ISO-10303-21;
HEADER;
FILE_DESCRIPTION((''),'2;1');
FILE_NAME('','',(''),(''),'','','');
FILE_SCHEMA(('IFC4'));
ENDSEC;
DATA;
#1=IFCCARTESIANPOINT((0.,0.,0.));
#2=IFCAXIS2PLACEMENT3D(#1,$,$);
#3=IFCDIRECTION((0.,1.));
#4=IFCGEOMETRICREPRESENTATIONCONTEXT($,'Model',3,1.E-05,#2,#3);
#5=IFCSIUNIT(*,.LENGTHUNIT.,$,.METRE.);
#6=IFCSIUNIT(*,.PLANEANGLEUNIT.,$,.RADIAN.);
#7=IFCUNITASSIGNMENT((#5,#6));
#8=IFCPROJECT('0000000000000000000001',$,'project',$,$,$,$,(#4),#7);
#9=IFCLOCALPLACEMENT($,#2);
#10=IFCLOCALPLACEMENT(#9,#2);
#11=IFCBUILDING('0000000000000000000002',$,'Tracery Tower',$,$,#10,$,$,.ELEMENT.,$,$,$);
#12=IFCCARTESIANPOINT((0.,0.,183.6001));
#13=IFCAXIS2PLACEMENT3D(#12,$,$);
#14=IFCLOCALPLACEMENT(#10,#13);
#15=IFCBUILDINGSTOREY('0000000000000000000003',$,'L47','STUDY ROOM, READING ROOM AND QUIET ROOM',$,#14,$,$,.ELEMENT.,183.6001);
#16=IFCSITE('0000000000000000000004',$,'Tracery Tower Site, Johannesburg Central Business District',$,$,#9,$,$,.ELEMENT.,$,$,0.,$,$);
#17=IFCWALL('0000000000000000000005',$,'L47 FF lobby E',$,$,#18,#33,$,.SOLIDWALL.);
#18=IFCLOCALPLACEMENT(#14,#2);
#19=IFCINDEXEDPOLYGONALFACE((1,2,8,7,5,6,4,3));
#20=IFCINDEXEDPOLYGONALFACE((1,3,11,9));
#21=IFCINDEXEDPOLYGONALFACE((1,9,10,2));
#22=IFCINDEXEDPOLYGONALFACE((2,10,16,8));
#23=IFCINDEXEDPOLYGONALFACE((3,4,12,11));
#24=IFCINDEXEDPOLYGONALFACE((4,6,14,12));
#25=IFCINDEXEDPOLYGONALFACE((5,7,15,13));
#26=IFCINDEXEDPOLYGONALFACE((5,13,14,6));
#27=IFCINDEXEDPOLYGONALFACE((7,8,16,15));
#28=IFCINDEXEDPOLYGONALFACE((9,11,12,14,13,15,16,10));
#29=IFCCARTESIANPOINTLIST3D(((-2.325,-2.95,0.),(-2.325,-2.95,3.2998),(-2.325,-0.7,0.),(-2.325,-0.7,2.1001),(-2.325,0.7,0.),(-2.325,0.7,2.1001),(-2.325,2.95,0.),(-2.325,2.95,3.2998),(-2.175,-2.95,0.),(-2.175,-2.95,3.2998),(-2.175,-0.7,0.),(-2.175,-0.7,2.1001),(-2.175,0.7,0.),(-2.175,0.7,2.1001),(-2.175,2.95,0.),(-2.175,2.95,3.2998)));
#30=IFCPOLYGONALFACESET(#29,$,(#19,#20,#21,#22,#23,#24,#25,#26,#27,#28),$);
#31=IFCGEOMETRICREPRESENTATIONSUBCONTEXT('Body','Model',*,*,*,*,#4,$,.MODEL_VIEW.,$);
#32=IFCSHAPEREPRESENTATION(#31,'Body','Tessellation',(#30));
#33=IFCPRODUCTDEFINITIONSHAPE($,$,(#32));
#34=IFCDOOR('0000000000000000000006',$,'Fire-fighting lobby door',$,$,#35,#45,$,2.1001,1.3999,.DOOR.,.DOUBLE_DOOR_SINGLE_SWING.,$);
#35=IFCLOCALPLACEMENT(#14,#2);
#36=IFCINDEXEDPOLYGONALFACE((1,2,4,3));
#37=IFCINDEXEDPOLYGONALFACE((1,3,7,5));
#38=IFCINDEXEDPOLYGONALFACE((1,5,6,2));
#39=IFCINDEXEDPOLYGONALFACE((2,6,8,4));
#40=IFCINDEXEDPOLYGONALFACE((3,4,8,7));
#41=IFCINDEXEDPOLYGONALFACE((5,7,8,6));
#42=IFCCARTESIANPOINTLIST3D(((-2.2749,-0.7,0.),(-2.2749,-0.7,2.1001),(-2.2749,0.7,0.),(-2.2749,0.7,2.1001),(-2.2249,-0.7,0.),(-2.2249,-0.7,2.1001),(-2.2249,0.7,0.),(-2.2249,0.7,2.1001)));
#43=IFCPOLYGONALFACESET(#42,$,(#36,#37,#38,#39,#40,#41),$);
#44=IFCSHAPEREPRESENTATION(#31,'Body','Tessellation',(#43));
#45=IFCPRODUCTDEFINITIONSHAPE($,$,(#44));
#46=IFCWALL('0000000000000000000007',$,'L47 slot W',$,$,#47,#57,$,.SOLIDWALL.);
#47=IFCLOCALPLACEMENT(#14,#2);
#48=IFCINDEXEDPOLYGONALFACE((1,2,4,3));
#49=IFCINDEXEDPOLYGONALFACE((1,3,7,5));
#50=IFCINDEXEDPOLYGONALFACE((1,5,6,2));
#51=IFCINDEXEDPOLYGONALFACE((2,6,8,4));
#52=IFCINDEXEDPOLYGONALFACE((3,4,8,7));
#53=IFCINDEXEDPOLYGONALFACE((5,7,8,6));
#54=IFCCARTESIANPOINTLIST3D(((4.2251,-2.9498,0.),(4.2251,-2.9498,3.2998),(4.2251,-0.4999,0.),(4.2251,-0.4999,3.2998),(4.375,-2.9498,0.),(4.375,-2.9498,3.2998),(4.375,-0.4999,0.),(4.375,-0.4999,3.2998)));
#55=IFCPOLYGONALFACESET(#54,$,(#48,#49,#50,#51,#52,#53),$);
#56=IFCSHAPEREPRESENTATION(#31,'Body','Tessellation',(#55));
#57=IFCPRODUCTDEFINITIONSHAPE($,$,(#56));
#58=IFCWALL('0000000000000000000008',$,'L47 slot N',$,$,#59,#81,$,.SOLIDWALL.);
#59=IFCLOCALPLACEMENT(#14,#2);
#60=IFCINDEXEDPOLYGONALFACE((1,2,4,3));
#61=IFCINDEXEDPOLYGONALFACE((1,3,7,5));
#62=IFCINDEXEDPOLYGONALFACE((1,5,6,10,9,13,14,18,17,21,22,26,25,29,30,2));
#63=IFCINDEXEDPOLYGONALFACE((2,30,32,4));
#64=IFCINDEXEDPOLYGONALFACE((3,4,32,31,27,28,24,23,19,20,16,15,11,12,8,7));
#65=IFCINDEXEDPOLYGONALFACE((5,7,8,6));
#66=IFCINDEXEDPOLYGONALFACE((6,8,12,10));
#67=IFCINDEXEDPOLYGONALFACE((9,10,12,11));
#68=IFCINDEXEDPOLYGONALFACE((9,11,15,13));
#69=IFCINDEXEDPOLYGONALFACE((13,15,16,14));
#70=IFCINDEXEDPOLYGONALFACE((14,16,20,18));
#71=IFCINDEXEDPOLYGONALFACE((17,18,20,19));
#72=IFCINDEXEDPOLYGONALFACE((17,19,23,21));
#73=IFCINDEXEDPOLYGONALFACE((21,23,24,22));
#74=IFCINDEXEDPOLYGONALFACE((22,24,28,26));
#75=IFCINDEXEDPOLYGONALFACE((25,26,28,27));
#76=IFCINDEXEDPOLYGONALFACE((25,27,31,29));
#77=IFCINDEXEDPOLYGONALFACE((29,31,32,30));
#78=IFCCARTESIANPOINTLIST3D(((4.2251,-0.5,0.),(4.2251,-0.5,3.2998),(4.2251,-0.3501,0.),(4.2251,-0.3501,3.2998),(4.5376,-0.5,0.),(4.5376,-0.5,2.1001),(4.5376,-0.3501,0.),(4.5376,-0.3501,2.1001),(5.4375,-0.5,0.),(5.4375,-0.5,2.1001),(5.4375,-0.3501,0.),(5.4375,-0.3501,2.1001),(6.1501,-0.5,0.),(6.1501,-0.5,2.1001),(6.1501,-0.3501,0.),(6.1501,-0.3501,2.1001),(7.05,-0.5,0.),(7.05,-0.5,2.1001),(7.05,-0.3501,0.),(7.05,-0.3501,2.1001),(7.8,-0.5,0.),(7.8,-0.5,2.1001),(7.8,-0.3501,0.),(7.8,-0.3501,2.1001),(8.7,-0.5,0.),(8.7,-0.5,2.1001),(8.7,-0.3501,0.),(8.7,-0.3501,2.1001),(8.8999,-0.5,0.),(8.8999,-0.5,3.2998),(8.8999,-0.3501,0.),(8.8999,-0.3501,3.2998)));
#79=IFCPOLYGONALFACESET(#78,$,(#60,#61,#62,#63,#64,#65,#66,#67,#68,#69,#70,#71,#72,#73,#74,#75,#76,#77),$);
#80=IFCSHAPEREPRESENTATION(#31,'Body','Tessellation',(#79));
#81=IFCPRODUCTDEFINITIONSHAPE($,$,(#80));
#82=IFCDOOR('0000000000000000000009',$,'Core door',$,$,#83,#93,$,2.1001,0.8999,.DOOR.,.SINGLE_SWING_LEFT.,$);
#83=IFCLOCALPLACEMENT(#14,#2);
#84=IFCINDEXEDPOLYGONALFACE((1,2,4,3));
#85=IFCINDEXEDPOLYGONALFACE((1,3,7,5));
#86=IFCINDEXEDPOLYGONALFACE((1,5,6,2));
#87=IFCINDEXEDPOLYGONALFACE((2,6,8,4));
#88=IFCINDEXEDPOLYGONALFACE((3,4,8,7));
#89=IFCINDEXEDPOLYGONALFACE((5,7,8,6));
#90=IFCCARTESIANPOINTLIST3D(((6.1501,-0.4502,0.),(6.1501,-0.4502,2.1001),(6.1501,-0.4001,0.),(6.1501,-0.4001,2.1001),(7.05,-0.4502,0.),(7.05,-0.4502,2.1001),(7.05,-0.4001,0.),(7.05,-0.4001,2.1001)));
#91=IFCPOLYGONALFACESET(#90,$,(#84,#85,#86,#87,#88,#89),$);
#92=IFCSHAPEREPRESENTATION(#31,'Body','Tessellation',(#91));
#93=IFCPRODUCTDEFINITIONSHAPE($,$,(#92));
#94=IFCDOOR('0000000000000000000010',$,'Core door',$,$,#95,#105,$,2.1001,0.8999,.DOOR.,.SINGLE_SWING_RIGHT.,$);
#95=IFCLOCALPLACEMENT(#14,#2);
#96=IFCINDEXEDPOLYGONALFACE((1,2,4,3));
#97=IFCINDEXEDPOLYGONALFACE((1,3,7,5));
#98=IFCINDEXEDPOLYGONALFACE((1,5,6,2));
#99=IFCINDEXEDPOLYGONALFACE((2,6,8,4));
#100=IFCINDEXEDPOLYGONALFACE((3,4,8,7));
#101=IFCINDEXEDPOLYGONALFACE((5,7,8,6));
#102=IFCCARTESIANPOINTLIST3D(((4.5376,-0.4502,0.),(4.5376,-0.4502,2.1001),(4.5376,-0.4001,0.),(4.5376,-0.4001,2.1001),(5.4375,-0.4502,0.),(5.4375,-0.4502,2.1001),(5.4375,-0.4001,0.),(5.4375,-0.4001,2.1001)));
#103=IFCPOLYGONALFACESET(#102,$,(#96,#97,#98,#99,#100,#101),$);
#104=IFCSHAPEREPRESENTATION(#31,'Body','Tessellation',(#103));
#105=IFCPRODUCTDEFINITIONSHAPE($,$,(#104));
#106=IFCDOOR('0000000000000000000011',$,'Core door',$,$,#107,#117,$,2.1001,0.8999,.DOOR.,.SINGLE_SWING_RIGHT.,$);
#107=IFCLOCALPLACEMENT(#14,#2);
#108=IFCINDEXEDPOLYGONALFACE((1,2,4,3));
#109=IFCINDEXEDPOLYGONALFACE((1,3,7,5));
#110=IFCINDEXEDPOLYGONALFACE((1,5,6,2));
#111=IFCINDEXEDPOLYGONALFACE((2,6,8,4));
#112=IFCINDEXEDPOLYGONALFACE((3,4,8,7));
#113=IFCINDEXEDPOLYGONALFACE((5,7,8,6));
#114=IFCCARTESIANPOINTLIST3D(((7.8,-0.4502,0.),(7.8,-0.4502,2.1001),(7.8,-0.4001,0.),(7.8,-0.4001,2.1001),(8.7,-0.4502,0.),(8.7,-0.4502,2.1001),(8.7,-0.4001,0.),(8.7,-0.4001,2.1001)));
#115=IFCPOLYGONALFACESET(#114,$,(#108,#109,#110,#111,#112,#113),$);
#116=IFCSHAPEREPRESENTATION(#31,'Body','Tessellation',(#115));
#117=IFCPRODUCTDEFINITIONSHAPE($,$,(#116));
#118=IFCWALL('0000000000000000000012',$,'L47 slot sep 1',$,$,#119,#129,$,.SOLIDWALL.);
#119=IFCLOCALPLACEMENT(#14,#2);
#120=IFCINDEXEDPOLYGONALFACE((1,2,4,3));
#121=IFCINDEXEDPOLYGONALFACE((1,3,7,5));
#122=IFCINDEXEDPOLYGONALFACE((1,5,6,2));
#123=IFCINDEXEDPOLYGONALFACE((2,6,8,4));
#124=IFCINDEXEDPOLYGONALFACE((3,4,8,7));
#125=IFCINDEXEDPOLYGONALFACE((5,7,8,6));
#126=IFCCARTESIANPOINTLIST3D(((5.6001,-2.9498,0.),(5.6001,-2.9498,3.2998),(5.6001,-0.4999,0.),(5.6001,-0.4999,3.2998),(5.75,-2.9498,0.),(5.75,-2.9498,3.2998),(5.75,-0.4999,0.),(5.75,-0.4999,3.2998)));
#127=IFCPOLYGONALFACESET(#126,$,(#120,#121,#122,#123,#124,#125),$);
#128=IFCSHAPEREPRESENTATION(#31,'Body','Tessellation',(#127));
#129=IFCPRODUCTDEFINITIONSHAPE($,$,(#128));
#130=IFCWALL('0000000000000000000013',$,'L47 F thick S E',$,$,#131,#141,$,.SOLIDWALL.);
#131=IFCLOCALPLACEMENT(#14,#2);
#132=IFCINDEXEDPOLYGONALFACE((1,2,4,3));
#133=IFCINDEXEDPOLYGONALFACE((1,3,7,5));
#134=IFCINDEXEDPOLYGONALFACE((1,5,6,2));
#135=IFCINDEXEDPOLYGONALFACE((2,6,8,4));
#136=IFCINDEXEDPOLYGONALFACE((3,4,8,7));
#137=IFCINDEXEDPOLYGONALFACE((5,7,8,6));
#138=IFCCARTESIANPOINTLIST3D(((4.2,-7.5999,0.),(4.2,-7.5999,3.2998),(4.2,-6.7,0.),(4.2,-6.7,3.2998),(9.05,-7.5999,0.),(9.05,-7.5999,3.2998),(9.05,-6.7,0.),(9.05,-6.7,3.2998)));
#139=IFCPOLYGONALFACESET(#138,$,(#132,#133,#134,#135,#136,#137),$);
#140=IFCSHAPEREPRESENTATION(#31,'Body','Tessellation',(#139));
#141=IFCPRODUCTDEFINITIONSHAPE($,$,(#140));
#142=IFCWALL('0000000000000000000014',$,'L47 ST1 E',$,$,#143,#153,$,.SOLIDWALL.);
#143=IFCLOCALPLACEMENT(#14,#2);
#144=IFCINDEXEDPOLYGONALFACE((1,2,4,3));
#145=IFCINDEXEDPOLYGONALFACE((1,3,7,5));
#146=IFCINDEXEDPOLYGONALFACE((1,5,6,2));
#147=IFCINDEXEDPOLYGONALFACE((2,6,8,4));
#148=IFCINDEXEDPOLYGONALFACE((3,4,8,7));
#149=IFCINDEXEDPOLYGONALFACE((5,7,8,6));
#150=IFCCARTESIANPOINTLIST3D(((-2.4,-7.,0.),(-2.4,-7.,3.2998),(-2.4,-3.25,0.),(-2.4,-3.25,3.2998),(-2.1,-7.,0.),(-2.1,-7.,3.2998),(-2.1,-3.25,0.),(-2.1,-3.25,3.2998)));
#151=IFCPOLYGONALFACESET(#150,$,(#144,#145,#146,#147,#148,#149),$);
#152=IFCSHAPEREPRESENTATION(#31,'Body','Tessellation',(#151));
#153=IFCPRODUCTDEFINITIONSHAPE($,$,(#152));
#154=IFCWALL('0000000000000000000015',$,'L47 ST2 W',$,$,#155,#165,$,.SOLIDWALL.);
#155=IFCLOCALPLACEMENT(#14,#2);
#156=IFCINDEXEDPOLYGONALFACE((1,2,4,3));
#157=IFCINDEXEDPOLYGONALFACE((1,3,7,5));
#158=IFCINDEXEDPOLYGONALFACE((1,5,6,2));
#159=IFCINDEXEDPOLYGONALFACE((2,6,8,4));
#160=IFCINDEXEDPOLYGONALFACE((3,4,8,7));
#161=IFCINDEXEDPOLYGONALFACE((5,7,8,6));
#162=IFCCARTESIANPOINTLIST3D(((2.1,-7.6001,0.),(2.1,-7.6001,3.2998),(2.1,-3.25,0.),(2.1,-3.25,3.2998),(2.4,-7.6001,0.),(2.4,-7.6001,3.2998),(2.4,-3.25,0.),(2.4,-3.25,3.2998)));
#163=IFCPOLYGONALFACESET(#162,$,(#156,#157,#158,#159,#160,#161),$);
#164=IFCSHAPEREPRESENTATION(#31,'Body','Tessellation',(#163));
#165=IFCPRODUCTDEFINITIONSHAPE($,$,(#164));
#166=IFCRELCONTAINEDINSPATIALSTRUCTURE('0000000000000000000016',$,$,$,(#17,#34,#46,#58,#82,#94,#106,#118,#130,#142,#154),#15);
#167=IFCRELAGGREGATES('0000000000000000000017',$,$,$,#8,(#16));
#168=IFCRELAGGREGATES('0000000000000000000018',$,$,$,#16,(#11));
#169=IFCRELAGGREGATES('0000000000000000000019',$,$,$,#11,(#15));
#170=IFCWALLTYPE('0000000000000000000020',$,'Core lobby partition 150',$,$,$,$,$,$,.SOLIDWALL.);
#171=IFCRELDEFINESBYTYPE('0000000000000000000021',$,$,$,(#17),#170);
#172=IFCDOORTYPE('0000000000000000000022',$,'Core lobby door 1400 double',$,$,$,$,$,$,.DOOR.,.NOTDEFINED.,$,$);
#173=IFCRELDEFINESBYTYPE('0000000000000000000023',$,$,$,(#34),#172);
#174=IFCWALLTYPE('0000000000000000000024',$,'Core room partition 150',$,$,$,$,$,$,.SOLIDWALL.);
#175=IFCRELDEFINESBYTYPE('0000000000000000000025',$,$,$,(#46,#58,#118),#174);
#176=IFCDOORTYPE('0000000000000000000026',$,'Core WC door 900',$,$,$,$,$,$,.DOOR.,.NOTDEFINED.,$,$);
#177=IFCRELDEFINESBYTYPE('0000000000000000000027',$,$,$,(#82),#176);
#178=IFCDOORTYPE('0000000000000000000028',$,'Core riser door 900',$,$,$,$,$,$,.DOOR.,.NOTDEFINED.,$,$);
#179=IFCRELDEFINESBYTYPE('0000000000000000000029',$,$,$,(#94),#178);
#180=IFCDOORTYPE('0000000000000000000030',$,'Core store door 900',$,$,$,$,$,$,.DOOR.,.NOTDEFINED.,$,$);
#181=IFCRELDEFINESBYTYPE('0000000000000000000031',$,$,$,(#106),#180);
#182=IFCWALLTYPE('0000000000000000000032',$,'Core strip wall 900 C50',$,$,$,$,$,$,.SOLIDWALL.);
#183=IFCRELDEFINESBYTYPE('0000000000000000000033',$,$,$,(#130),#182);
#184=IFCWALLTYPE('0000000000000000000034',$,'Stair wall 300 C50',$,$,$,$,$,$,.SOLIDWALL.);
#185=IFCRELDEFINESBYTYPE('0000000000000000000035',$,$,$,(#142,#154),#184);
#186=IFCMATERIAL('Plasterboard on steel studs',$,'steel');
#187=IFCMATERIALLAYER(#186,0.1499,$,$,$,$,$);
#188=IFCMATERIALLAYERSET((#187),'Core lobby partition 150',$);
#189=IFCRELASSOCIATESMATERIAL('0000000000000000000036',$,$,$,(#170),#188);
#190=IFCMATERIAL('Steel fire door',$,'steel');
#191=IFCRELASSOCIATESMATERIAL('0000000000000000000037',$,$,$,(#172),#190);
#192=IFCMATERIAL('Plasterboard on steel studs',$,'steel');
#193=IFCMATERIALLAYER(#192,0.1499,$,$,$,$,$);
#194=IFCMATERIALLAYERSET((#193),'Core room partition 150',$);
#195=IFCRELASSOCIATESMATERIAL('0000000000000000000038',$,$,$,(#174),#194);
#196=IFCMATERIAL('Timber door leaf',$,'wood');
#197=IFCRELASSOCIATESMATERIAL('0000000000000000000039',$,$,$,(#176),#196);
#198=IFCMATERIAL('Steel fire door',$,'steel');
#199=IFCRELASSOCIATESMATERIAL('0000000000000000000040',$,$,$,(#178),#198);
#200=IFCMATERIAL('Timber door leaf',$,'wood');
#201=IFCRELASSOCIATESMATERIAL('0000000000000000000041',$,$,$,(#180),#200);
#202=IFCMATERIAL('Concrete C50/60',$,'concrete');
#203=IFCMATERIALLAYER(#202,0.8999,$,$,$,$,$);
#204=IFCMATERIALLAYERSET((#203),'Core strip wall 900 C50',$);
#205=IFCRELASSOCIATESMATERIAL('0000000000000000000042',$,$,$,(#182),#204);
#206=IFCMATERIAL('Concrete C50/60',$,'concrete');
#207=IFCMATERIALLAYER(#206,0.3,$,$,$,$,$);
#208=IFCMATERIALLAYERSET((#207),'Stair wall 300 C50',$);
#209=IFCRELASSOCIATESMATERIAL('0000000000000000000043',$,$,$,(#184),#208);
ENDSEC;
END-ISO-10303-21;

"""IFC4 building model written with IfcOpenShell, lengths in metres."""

from ifc_helpers import new_model, si_unit, direction, frame, frame_2d, origin, place, context, subcontext, project, spatial, rectangle, extrude, material, layer, layer_set, type_object, element, fill, save


model = new_model("IFC4")

# Units and contexts
model_context = context("Model", 3, precision=1e-05, world=origin(), true_north=direction((0.0, 1.0)))
body_context = subcontext(model_context, "Body", "Model", "MODEL_VIEW")
ifc_project = project(units=[si_unit("LENGTHUNIT", "METRE"), si_unit("PLANEANGLEUNIT", "RADIAN")], contexts=[model_context])

# Site, building, storey
site_placement = place(None, origin())
site = spatial("IfcSite", under=ifc_project, at=site_placement, Name="Tracery Tower Site, Johannesburg Central Business District", CompositionType="ELEMENT", RefElevation=0.0)
building_placement = place(site_placement, origin())
building = spatial("IfcBuilding", under=site, at=building_placement, Name="Tracery Tower", CompositionType="ELEMENT")
storey_placement = place(building_placement, frame((0.0, 0.0, 183.6001)))
storey = spatial("IfcBuildingStorey", under=building, at=storey_placement, Name="L47", Description="STUDY ROOM, READING ROOM AND QUIET ROOM", CompositionType="ELEMENT", Elevation=183.6001)

# Wall, opening, door
ifc_material_1 = material(Name="Plasterboard on steel studs", Category="steel")
ifc_layer_1 = layer(ifc_material_1, 0.1499)
ifc_layer_set_1 = layer_set([ifc_layer_1], Name="Core lobby partition 150")
wall_type_1 = type_object("IfcWallType", Name="Core lobby partition 150", PredefinedType="SOLIDWALL", material=ifc_layer_set_1)
wall_1_placement = place(storey_placement, frame((-2.25, -2.95, 0.0), z_axis=(0.0, 0.0, 1.0), x_axis=(0.0, 1.0, 0.0)))
wall_1 = element("IfcWall", 1, at=wall_1_placement, inside=storey, type_object=wall_type_1, Name="L47 FF lobby E", PredefinedType="SOLIDWALL", context=body_context, shape_type="SweptSolid", body=[
    extrude(rectangle(XDim=5.8999, YDim=0.1499, at=frame_2d((2.95, 0.0))), origin(), (0.0, 0.0, 1.0), 3.2998),
])
opening_1_placement = place(wall_1_placement, frame((2.25, 0.0, 0.0)))
opening_1 = element("IfcOpeningElement", 2, at=opening_1_placement, cuts=wall_1, PredefinedType="OPENING", context=body_context, shape_type="SweptSolid", body=[
    extrude(rectangle(XDim=1.3999, YDim=2.1001, at=frame_2d((0.7, 1.05))), frame((0.0, 0.075, 0.0), z_axis=(0.0, -1.0, 0.0), x_axis=(1.0, 0.0, 0.0)), (0.0, 0.0, 1.0), 0.1499),
])
ifc_material_2 = material(Name="Steel fire door", Category="steel")
door_type_1 = type_object("IfcDoorType", Name="Core lobby door 1400 double", OperationType="NOTDEFINED", PredefinedType="DOOR", material=ifc_material_2)
door_1_placement = place(opening_1_placement, origin())
door_1 = element("IfcDoor", 3, at=door_1_placement, inside=storey, type_object=door_type_1, Name="Fire-fighting lobby door", OperationType="DOUBLE_DOOR_SINGLE_SWING", OverallHeight=2.1001, OverallWidth=1.3999, PredefinedType="DOOR", context=body_context, shape_type="SweptSolid", body=[
    extrude(rectangle(XDim=1.3999, YDim=2.1001, at=frame_2d((0.7, 1.05))), frame((0.0, 0.0249, 0.0), z_axis=(0.0, -1.0, 0.0), x_axis=(1.0, 0.0, 0.0)), (0.0, 0.0, 1.0), 0.05),
])
fill(opening_1, door_1)

# Wall
ifc_material_3 = material(Name="Plasterboard on steel studs", Category="steel")
ifc_layer_2 = layer(ifc_material_3, 0.1499)
ifc_layer_set_2 = layer_set([ifc_layer_2], Name="Core room partition 150")
wall_type_2 = type_object("IfcWallType", Name="Core room partition 150", PredefinedType="SOLIDWALL", material=ifc_layer_set_2)
wall_2_placement = place(storey_placement, frame((4.3, -2.95, 0.0), z_axis=(0.0, 0.0, 1.0), x_axis=(0.0, 1.0, 0.0)))
element("IfcWall", 4, at=wall_2_placement, inside=storey, type_object=wall_type_2, Name="L47 slot W", PredefinedType="SOLIDWALL", context=body_context, shape_type="SweptSolid", body=[
    extrude(rectangle(XDim=2.45, YDim=0.1499, at=frame_2d((1.2251, 0.0))), origin(), (0.0, 0.0, 1.0), 3.2998),
])

# Wall, openings, doors
wall_3_placement = place(storey_placement, frame((4.2251, -0.425, 0.0), z_axis=(0.0, 0.0, 1.0), x_axis=(1.0, 0.0, 0.0)))
wall_3 = element("IfcWall", 5, at=wall_3_placement, inside=storey, type_object=wall_type_2, Name="L47 slot N", PredefinedType="SOLIDWALL", context=body_context, shape_type="SweptSolid", body=[
    extrude(rectangle(XDim=4.6748, YDim=0.1499, at=frame_2d((2.3374, 0.0))), origin(), (0.0, 0.0, 1.0), 3.2998),
])
opening_2_placement = place(wall_3_placement, frame((0.3125, 0.0, 0.0)))
opening_2 = element("IfcOpeningElement", 6, at=opening_2_placement, cuts=wall_3, PredefinedType="OPENING", context=body_context, shape_type="SweptSolid", body=[
    extrude(rectangle(XDim=0.8999, YDim=2.1001, at=frame_2d((0.45, 1.05))), frame((0.0, 0.075, 0.0), z_axis=(0.0, -1.0, 0.0), x_axis=(1.0, 0.0, 0.0)), (0.0, 0.0, 1.0), 0.1499),
])
opening_3_placement = place(wall_3_placement, frame((1.925, 0.0, 0.0)))
opening_3 = element("IfcOpeningElement", 7, at=opening_3_placement, cuts=wall_3, PredefinedType="OPENING", context=body_context, shape_type="SweptSolid", body=[
    extrude(rectangle(XDim=0.8999, YDim=2.1001, at=frame_2d((0.45, 1.05))), frame((0.0, 0.075, 0.0), z_axis=(0.0, -1.0, 0.0), x_axis=(1.0, 0.0, 0.0)), (0.0, 0.0, 1.0), 0.1499),
])
opening_4_placement = place(wall_3_placement, frame((3.575, 0.0, 0.0)))
opening_4 = element("IfcOpeningElement", 8, at=opening_4_placement, cuts=wall_3, PredefinedType="OPENING", context=body_context, shape_type="SweptSolid", body=[
    extrude(rectangle(XDim=0.8999, YDim=2.1001, at=frame_2d((0.45, 1.05))), frame((0.0, 0.075, 0.0), z_axis=(0.0, -1.0, 0.0), x_axis=(1.0, 0.0, 0.0)), (0.0, 0.0, 1.0), 0.1499),
])
ifc_material_4 = material(Name="Timber door leaf", Category="wood")
door_type_2 = type_object("IfcDoorType", Name="Core WC door 900", OperationType="NOTDEFINED", PredefinedType="DOOR", material=ifc_material_4)
door_2_placement = place(opening_3_placement, origin())
door_2 = element("IfcDoor", 9, at=door_2_placement, inside=storey, type_object=door_type_2, Name="Core door", OperationType="SINGLE_SWING_LEFT", OverallHeight=2.1001, OverallWidth=0.8999, PredefinedType="DOOR", context=body_context, shape_type="SweptSolid", body=[
    extrude(rectangle(XDim=0.8999, YDim=2.1001, at=frame_2d((0.45, 1.05))), frame((0.0, 0.0249, 0.0), z_axis=(0.0, -1.0, 0.0), x_axis=(1.0, 0.0, 0.0)), (0.0, 0.0, 1.0), 0.05),
])
fill(opening_3, door_2)
ifc_material_5 = material(Name="Steel fire door", Category="steel")
door_type_3 = type_object("IfcDoorType", Name="Core riser door 900", OperationType="NOTDEFINED", PredefinedType="DOOR", material=ifc_material_5)
door_3_placement = place(opening_2_placement, origin())
door_3 = element("IfcDoor", 10, at=door_3_placement, inside=storey, type_object=door_type_3, Name="Core door", OperationType="SINGLE_SWING_RIGHT", OverallHeight=2.1001, OverallWidth=0.8999, PredefinedType="DOOR", context=body_context, shape_type="SweptSolid", body=[
    extrude(rectangle(XDim=0.8999, YDim=2.1001, at=frame_2d((0.45, 1.05))), frame((0.0, 0.0249, 0.0), z_axis=(0.0, -1.0, 0.0), x_axis=(1.0, 0.0, 0.0)), (0.0, 0.0, 1.0), 0.05),
])
fill(opening_2, door_3)
ifc_material_6 = material(Name="Timber door leaf", Category="wood")
door_type_4 = type_object("IfcDoorType", Name="Core store door 900", OperationType="NOTDEFINED", PredefinedType="DOOR", material=ifc_material_6)
door_4_placement = place(opening_4_placement, origin())
door_4 = element("IfcDoor", 11, at=door_4_placement, inside=storey, type_object=door_type_4, Name="Core door", OperationType="SINGLE_SWING_RIGHT", OverallHeight=2.1001, OverallWidth=0.8999, PredefinedType="DOOR", context=body_context, shape_type="SweptSolid", body=[
    extrude(rectangle(XDim=0.8999, YDim=2.1001, at=frame_2d((0.45, 1.05))), frame((0.0, 0.0249, 0.0), z_axis=(0.0, -1.0, 0.0), x_axis=(1.0, 0.0, 0.0)), (0.0, 0.0, 1.0), 0.05),
])
fill(opening_4, door_4)

# Walls
wall_4_placement = place(storey_placement, frame((5.675, -2.95, 0.0), z_axis=(0.0, 0.0, 1.0), x_axis=(0.0, 1.0, 0.0)))
element("IfcWall", 12, at=wall_4_placement, inside=storey, type_object=wall_type_2, Name="L47 slot sep 1", PredefinedType="SOLIDWALL", context=body_context, shape_type="SweptSolid", body=[
    extrude(rectangle(XDim=2.45, YDim=0.1499, at=frame_2d((1.2251, 0.0))), origin(), (0.0, 0.0, 1.0), 3.2998),
])
ifc_material_7 = material(Name="Concrete C50/60", Category="concrete")
ifc_layer_3 = layer(ifc_material_7, 0.8999)
ifc_layer_set_3 = layer_set([ifc_layer_3], Name="Core strip wall 900 C50")
wall_type_3 = type_object("IfcWallType", Name="Core strip wall 900 C50", PredefinedType="SOLIDWALL", material=ifc_layer_set_3)
wall_5_placement = place(storey_placement, frame((4.2, -7.1499, 0.0), z_axis=(0.0, 0.0, 1.0), x_axis=(1.0, 0.0, 0.0)))
element("IfcWall", 13, at=wall_5_placement, inside=storey, type_object=wall_type_3, Name="L47 F thick S E", PredefinedType="SOLIDWALL", context=body_context, shape_type="SweptSolid", body=[
    extrude(rectangle(XDim=4.8501, YDim=0.8999, at=frame_2d((2.425, 0.0))), origin(), (0.0, 0.0, 1.0), 3.2998),
])

# Shared definitions
ifc_material_8 = material(Name="Concrete C50/60", Category="concrete")
ifc_layer_4 = layer(ifc_material_8, 0.3)
ifc_layer_set_4 = layer_set([ifc_layer_4], Name="Stair wall 300 C50")
wall_type_4 = type_object("IfcWallType", Name="Stair wall 300 C50", PredefinedType="SOLIDWALL", material=ifc_layer_set_4)

# Walls
wall_6_placement = place(storey_placement, frame((-2.25, -7.0, 0.0), z_axis=(0.0, 0.0, 1.0), x_axis=(0.0, 1.0, 0.0)))
element("IfcWall", 14, at=wall_6_placement, inside=storey, type_object=wall_type_4, Name="L47 ST1 E", PredefinedType="SOLIDWALL", context=body_context, shape_type="SweptSolid", body=[
    extrude(rectangle(XDim=3.75, YDim=0.3, at=frame_2d((1.875, 0.0))), origin(), (0.0, 0.0, 1.0), 3.2998),
])
wall_7_placement = place(storey_placement, frame((2.25, -7.6001, 0.0), z_axis=(0.0, 0.0, 1.0), x_axis=(0.0, 1.0, 0.0)))
element("IfcWall", 15, at=wall_7_placement, inside=storey, type_object=wall_type_4, Name="L47 ST2 W", PredefinedType="SOLIDWALL", context=body_context, shape_type="SweptSolid", body=[
    extrude(rectangle(XDim=4.3501, YDim=0.3, at=frame_2d((2.175, 0.0))), origin(), (0.0, 0.0, 1.0), 3.2998),
])

save(model, "model.ifc")
